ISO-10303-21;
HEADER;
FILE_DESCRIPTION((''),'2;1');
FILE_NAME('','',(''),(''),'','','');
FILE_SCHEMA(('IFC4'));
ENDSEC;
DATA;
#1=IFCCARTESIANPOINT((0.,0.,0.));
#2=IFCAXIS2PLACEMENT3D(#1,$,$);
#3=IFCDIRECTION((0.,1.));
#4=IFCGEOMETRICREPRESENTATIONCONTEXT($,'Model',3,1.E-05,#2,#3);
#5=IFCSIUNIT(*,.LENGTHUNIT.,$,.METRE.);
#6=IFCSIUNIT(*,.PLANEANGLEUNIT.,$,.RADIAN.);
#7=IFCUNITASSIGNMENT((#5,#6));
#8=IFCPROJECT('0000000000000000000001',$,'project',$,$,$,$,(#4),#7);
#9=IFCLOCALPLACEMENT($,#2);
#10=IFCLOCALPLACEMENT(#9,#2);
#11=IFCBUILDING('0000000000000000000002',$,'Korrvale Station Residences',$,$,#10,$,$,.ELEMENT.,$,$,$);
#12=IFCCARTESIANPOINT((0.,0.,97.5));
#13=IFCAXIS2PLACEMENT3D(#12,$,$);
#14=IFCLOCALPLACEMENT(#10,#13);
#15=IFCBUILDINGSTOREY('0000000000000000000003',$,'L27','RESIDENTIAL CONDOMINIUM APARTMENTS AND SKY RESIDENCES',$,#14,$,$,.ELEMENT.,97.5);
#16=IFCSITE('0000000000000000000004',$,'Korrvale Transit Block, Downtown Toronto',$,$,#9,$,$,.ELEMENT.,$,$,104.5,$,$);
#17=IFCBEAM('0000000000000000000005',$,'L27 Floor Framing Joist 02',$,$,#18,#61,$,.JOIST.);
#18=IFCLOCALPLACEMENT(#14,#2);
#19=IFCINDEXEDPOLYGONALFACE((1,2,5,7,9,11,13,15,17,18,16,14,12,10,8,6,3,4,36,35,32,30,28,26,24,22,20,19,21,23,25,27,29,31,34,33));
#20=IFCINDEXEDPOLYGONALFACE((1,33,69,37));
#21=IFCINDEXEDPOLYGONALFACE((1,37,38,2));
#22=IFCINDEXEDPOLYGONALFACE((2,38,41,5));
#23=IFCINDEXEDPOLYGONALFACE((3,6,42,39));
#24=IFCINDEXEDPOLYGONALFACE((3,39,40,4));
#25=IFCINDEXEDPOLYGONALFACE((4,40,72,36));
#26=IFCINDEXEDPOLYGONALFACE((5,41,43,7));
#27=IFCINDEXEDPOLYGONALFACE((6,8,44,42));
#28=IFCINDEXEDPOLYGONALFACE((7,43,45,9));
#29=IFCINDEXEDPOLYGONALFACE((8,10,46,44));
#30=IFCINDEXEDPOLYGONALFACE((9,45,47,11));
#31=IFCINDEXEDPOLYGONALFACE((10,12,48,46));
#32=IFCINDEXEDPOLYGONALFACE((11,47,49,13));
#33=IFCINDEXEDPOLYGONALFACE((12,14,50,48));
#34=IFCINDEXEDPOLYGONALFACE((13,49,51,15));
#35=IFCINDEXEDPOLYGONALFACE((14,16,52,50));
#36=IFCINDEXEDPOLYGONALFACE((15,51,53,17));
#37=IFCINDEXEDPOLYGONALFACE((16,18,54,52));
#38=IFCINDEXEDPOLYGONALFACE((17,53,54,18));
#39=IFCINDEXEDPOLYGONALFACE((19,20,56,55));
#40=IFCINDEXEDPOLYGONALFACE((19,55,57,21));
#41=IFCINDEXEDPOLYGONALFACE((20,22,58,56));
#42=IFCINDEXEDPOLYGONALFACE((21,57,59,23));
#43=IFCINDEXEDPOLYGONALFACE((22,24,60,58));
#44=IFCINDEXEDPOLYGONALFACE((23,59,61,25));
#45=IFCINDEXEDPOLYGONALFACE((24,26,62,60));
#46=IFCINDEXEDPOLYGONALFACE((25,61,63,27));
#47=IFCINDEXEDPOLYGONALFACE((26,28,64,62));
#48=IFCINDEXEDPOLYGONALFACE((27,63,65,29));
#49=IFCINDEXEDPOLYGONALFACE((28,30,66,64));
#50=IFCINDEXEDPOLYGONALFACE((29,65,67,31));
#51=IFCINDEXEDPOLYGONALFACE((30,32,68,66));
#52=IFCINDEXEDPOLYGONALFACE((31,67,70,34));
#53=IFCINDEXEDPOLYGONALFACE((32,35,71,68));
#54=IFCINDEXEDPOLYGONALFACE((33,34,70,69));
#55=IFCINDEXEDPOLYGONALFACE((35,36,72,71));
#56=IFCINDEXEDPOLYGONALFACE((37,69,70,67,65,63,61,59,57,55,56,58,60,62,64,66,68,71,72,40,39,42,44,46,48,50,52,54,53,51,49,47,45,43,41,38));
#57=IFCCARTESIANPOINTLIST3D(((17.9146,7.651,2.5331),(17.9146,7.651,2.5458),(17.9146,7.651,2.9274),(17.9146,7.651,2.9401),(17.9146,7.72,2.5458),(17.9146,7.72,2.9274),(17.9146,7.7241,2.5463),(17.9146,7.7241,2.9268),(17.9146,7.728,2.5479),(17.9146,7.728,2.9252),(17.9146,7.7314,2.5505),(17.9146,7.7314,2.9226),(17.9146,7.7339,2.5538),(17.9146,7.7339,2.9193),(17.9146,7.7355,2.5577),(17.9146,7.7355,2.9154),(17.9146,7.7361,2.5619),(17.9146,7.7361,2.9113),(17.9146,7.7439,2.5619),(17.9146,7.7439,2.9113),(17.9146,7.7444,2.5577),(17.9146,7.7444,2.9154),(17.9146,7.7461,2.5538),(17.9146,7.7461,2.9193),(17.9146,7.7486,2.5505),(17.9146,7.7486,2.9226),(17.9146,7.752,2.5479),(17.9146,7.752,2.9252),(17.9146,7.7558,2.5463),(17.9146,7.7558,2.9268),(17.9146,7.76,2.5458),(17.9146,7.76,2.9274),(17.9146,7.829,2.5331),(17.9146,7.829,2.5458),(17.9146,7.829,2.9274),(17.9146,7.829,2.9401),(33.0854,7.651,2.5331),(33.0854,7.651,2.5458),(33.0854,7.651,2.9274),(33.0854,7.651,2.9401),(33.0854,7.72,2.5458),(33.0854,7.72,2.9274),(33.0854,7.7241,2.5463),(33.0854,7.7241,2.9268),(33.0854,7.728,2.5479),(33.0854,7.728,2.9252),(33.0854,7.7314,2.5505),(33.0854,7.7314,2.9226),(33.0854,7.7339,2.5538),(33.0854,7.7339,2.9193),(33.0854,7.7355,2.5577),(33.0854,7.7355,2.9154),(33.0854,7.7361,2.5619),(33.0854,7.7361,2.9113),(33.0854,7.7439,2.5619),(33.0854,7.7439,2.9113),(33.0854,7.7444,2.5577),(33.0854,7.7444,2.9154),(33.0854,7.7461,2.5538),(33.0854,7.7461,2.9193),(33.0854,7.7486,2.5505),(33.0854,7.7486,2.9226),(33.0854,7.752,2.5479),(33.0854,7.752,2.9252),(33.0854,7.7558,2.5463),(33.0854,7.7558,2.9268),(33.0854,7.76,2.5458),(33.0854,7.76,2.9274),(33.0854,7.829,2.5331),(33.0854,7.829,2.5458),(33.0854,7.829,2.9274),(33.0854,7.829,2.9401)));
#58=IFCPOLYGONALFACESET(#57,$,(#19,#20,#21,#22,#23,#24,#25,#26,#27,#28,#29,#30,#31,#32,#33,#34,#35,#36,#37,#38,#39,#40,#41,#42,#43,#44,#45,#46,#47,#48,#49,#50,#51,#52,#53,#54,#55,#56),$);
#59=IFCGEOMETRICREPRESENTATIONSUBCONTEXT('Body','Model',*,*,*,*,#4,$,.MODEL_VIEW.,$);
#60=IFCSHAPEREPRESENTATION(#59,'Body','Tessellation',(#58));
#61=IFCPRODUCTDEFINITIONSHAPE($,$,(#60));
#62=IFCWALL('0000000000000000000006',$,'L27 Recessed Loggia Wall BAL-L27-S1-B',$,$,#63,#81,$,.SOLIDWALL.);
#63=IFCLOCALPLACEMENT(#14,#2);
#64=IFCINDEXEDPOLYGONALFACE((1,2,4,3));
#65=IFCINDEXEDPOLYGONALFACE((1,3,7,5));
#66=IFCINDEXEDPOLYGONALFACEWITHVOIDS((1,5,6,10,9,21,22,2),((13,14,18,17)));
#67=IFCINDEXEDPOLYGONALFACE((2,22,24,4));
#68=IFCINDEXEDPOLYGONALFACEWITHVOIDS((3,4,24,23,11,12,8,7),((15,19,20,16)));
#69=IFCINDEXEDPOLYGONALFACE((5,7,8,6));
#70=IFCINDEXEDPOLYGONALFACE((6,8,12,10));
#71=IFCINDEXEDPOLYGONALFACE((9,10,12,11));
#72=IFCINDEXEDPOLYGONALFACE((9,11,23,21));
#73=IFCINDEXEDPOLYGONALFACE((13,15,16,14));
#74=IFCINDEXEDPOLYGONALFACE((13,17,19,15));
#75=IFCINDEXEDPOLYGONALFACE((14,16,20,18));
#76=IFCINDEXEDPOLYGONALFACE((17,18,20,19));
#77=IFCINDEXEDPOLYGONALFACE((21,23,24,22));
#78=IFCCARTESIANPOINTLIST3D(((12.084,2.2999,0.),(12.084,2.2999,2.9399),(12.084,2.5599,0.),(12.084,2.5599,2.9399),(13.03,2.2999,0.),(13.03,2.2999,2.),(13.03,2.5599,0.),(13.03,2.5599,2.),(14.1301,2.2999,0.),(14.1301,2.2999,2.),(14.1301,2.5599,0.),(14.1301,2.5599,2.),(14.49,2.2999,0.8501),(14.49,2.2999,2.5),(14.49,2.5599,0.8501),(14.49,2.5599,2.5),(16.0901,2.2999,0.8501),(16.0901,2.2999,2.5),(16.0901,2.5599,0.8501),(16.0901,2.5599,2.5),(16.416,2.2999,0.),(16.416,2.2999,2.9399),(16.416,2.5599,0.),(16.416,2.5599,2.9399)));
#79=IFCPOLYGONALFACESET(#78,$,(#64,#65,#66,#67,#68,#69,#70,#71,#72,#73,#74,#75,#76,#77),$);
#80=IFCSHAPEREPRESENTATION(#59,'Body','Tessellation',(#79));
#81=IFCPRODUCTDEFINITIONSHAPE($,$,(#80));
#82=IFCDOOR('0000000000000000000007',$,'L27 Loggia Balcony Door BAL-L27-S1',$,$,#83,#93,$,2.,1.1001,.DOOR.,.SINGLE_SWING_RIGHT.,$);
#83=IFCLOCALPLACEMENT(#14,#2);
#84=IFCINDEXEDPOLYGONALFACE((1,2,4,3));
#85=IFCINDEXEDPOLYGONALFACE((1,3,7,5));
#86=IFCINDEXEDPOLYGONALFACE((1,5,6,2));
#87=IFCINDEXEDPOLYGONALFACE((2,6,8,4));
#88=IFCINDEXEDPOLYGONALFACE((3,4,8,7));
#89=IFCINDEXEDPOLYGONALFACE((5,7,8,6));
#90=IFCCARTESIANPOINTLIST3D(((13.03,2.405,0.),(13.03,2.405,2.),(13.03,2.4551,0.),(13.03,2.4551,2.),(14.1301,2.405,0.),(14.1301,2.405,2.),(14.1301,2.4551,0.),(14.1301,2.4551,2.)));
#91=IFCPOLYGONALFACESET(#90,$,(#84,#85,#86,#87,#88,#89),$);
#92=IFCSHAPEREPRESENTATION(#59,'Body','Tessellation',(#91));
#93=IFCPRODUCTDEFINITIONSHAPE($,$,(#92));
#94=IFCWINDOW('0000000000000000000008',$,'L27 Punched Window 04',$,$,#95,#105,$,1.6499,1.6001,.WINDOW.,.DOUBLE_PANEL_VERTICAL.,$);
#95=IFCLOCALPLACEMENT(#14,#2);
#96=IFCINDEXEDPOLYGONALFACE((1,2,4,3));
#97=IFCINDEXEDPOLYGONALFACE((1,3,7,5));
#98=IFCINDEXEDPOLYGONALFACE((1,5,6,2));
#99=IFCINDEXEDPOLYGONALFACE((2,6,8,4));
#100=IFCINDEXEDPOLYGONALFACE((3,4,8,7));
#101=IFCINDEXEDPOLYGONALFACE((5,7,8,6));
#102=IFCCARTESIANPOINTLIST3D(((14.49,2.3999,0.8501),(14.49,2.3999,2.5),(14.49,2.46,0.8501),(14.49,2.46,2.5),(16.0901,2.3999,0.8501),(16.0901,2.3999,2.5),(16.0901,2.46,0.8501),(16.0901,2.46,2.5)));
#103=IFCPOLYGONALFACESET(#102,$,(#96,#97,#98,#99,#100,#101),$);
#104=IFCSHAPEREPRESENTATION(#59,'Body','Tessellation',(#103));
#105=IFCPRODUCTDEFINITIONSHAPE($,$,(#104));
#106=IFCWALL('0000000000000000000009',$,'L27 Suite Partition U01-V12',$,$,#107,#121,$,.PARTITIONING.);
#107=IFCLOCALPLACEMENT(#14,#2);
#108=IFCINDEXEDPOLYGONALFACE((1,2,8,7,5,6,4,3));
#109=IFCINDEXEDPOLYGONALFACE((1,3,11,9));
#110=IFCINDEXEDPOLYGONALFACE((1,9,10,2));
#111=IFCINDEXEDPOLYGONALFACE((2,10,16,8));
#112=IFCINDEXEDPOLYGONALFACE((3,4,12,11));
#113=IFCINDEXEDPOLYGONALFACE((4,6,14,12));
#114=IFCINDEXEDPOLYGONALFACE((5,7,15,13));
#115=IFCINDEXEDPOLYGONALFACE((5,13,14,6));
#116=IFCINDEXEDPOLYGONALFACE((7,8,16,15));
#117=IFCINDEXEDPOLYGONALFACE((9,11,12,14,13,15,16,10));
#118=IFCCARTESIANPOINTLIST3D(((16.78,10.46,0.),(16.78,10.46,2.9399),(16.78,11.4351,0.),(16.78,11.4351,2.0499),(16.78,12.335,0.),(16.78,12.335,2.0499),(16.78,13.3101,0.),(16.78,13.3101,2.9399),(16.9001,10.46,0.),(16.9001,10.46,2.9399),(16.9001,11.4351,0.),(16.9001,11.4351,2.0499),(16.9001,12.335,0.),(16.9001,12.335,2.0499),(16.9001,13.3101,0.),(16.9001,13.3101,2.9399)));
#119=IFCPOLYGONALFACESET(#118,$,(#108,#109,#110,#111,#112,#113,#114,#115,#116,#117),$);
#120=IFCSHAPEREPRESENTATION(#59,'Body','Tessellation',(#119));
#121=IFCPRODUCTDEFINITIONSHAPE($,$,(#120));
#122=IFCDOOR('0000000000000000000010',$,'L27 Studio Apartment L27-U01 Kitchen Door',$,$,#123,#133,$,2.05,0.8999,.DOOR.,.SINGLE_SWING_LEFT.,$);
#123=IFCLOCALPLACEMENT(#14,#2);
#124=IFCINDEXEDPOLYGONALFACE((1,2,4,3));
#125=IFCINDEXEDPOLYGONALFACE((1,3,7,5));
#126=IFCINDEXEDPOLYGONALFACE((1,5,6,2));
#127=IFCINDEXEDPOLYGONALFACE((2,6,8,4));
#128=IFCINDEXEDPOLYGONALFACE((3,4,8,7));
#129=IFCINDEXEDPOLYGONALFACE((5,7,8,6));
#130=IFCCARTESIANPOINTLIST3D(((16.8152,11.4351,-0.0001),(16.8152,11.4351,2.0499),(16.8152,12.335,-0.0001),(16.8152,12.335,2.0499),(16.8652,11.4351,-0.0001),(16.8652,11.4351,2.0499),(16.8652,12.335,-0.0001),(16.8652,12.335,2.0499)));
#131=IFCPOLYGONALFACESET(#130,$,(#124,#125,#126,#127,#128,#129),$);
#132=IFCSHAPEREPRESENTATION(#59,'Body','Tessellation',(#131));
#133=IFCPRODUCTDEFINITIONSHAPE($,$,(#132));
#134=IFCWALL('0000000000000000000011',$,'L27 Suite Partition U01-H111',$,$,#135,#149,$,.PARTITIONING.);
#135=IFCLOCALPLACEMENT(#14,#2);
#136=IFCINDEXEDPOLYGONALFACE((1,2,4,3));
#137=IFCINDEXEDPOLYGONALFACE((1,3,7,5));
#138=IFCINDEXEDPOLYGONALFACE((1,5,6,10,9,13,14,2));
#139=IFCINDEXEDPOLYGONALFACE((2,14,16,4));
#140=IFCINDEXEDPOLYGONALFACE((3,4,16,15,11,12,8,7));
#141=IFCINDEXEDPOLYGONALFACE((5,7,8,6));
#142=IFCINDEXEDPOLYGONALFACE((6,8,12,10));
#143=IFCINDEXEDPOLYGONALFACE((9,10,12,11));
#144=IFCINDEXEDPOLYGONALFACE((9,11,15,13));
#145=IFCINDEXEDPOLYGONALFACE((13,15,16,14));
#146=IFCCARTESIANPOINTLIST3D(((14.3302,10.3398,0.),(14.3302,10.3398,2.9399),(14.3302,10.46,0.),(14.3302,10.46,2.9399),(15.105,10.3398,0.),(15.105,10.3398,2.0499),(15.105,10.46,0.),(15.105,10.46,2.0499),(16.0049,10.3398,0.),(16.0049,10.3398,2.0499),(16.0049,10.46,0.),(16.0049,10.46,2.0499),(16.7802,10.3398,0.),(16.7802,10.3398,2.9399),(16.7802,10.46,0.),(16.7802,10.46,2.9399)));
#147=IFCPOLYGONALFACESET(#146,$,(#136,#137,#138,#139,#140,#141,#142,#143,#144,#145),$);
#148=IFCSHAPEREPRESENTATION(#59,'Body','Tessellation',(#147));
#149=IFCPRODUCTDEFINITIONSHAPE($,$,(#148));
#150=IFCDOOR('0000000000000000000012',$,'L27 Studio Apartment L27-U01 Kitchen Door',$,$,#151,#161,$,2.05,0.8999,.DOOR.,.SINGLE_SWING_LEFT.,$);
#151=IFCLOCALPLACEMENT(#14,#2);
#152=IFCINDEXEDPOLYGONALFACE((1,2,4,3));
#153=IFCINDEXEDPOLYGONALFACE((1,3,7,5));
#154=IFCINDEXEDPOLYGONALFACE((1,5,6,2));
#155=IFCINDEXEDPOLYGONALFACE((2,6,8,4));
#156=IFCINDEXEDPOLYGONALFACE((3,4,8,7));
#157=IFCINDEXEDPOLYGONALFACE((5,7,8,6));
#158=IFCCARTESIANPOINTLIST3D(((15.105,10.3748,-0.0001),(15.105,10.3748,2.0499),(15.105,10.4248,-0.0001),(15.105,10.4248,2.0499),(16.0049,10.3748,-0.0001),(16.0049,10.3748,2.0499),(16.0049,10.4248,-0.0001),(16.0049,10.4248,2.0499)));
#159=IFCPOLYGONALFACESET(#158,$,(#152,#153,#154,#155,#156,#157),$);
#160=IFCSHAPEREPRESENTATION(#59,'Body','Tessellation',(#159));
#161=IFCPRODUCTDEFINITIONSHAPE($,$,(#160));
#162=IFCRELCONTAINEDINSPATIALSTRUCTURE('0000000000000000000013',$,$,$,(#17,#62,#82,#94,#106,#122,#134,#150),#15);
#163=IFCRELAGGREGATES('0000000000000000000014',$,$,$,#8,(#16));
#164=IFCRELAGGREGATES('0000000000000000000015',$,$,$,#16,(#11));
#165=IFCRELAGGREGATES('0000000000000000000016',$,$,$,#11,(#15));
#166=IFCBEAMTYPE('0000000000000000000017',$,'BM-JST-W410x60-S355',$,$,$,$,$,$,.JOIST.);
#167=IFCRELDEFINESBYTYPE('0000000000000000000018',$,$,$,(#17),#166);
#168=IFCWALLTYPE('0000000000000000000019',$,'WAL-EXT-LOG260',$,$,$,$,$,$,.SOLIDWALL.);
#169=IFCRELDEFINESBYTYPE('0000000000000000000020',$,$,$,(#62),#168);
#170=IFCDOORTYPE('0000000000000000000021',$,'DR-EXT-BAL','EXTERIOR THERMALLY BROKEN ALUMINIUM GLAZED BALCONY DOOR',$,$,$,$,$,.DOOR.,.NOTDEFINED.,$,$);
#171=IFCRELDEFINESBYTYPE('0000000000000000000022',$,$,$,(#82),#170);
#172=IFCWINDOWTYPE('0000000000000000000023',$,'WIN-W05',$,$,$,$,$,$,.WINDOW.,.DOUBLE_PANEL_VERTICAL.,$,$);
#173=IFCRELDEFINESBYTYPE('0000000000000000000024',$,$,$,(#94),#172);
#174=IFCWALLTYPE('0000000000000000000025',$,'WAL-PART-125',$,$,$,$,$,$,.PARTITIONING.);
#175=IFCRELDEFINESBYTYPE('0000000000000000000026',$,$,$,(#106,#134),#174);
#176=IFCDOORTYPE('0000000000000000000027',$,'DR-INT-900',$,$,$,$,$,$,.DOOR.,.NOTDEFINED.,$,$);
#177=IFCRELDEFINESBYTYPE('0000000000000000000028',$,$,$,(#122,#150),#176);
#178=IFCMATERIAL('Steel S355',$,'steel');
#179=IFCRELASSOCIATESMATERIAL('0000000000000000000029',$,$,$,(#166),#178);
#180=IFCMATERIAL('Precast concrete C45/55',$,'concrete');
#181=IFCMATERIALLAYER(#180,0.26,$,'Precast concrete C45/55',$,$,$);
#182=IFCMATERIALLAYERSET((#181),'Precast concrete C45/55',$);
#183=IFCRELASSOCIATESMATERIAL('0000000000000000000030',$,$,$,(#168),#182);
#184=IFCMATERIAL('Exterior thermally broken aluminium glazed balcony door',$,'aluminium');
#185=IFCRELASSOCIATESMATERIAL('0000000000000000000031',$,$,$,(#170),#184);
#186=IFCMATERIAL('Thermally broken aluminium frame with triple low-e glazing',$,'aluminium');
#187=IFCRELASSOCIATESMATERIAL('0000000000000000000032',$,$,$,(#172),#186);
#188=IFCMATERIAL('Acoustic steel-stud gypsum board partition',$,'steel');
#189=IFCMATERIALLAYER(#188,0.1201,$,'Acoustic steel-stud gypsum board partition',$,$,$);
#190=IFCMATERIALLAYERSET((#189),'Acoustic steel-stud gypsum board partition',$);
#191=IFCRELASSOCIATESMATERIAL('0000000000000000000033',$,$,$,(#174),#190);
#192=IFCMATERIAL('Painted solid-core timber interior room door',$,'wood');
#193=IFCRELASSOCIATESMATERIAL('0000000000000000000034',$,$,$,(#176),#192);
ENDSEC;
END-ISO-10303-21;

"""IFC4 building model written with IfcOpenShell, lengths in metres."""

from ifc_helpers import new_model, si_unit, direction, frame, frame_2d, origin, origin_2d, place, context, subcontext, project, spatial, rectangle, i_section, extrude, material, layer, layer_set, material_profile, profile_set, type_object, element, fill, save


model = new_model("IFC4")

# Units and contexts
model_context = context("Model", 3, precision=1e-05, world=origin(), true_north=direction((0.0, 1.0)))
body_context = subcontext(model_context, "Body", "Model", "MODEL_VIEW")
ifc_project = project(units=[si_unit("LENGTHUNIT", "METRE"), si_unit("PLANEANGLEUNIT", "RADIAN")], contexts=[model_context])

# Site, building, storey
site_placement = place(None, origin())
site = spatial("IfcSite", under=ifc_project, at=site_placement, Name="Korrvale Transit Block, Downtown Toronto", CompositionType="ELEMENT", RefElevation=104.5)
building_placement = place(site_placement, origin())
building = spatial("IfcBuilding", under=site, at=building_placement, Name="Korrvale Station Residences", CompositionType="ELEMENT")
storey_placement = place(building_placement, frame((0.0, 0.0, 97.5)))
storey = spatial("IfcBuildingStorey", under=building, at=storey_placement, Name="L27", Description="RESIDENTIAL CONDOMINIUM APARTMENTS AND SKY RESIDENCES", CompositionType="ELEMENT", Elevation=97.5)

# Beam
ifc_material_1 = material(Name="Steel S355", Category="steel")
ifc_material_profile = material_profile(ifc_material_1, i_section(OverallWidth=0.178, OverallDepth=0.407, WebThickness=0.0078, FlangeThickness=0.0127, FilletRadius=0.0161, at=origin_2d()), Name="W410x60")
ifc_profile_set = profile_set([ifc_material_profile], Name="Steel S355")
beam_type = type_object("IfcBeamType", Name="BM-JST-W410x60-S355", PredefinedType="JOIST", material=ifc_profile_set)
beam_placement = place(storey_placement, frame((17.9146, 7.74, 2.7366), z_axis=(1.0, 0.0, 0.0), x_axis=(0.0, 1.0, 0.0)))
element("IfcBeam", 1, at=beam_placement, inside=storey, type_object=beam_type, Name="L27 Floor Framing Joist 02", PredefinedType="JOIST", context=body_context, shape_type="SweptSolid", body=[
    extrude(i_section(OverallWidth=0.178, OverallDepth=0.407, WebThickness=0.0078, FlangeThickness=0.0127, FilletRadius=0.0161, at=origin_2d()), origin(), (0.0, 0.0, 1.0), 15.1709),
])

# Wall, openings, door, window
ifc_material_2 = material(Name="Precast concrete C45/55", Category="concrete")
ifc_layer_1 = layer(ifc_material_2, 0.26, Name="Precast concrete C45/55")
ifc_layer_set_1 = layer_set([ifc_layer_1], Name="Precast concrete C45/55")
wall_type_1 = type_object("IfcWallType", Name="WAL-EXT-LOG260", PredefinedType="SOLIDWALL", material=ifc_layer_set_1)
wall_1_placement = place(storey_placement, frame((16.416, 2.4299, 0.0), z_axis=(0.0, 0.0, 1.0), x_axis=(-1.0, 0.0, 0.0)))
wall_1 = element("IfcWall", 2, at=wall_1_placement, inside=storey, type_object=wall_type_1, Name="L27 Recessed Loggia Wall BAL-L27-S1-B", PredefinedType="SOLIDWALL", context=body_context, shape_type="SweptSolid", body=[
    extrude(rectangle(XDim=4.332, YDim=0.26, at=frame_2d((2.166, 0.0))), origin(), (0.0, 0.0, 1.0), 2.9399),
])
opening_1_placement = place(wall_1_placement, frame((2.2859, 0.0, 0.0)))
opening_1 = element("IfcOpeningElement", 3, at=opening_1_placement, cuts=wall_1, PredefinedType="OPENING", context=body_context, shape_type="SweptSolid", body=[
    extrude(rectangle(XDim=1.1001, YDim=2.0, at=frame_2d((0.55, 1.0))), frame((0.0, 0.1401, 0.0), z_axis=(0.0, -1.0, 0.0), x_axis=(1.0, 0.0, 0.0)), (0.0, 0.0, 1.0), 0.28),
])
opening_2_placement = place(wall_1_placement, frame((0.3259, 0.0, 0.8501)))
opening_2 = element("IfcOpeningElement", 4, at=opening_2_placement, cuts=wall_1, PredefinedType="OPENING", context=body_context, shape_type="SweptSolid", body=[
    extrude(rectangle(XDim=1.6001, YDim=1.6499, at=frame_2d((0.8, 0.825))), frame((0.0, 0.1401, 0.0), z_axis=(0.0, -1.0, 0.0), x_axis=(1.0, 0.0, 0.0)), (0.0, 0.0, 1.0), 0.28),
])
ifc_material_3 = material(Name="Exterior thermally broken aluminium glazed balcony door", Category="aluminium")
door_type_1 = type_object("IfcDoorType", Name="DR-EXT-BAL", Description="EXTERIOR THERMALLY BROKEN ALUMINIUM GLAZED BALCONY DOOR", OperationType="NOTDEFINED", PredefinedType="DOOR", material=ifc_material_3)
door_1_placement = place(opening_1_placement, origin())
door_1 = element("IfcDoor", 5, at=door_1_placement, inside=storey, type_object=door_type_1, Name="L27 Loggia Balcony Door BAL-L27-S1", OperationType="SINGLE_SWING_RIGHT", OverallHeight=2.0, OverallWidth=1.1001, PredefinedType="DOOR", context=body_context, shape_type="SweptSolid", body=[
    extrude(rectangle(XDim=1.1001, YDim=2.0, at=frame_2d((0.55, 1.0))), frame((0.0, 0.0249, 0.0), z_axis=(0.0, -1.0, 0.0), x_axis=(1.0, 0.0, 0.0)), (0.0, 0.0, 1.0), 0.05),
])
fill(opening_1, door_1)
ifc_material_4 = material(Name="Thermally broken aluminium frame with triple low-e glazing", Category="aluminium")
window_type = type_object("IfcWindowType", Name="WIN-W05", PartitioningType="DOUBLE_PANEL_VERTICAL", PredefinedType="WINDOW", material=ifc_material_4)
window_placement = place(opening_2_placement, origin())
window = element("IfcWindow", 6, at=window_placement, inside=storey, type_object=window_type, Name="L27 Punched Window 04", OverallHeight=1.6499, OverallWidth=1.6001, PartitioningType="DOUBLE_PANEL_VERTICAL", PredefinedType="WINDOW", context=body_context, shape_type="SweptSolid", body=[
    extrude(rectangle(XDim=1.6001, YDim=1.6499, at=frame_2d((0.8, 0.825))), frame((0.0, 0.03, 0.0), z_axis=(0.0, -1.0, 0.0), x_axis=(1.0, 0.0, 0.0)), (0.0, 0.0, 1.0), 0.0601),
])
fill(opening_2, window)

# Walls, openings, doors
ifc_material_5 = material(Name="Acoustic steel-stud gypsum board partition", Category="steel")
ifc_layer_2 = layer(ifc_material_5, 0.1201, Name="Acoustic steel-stud gypsum board partition")
ifc_layer_set_2 = layer_set([ifc_layer_2], Name="Acoustic steel-stud gypsum board partition")
wall_type_2 = type_object("IfcWallType", Name="WAL-PART-125", PredefinedType="PARTITIONING", material=ifc_layer_set_2)
wall_2_placement = place(storey_placement, frame((16.8401, 10.46, 0.0), z_axis=(0.0, 0.0, 1.0), x_axis=(0.0, 1.0, 0.0)))
wall_2 = element("IfcWall", 7, at=wall_2_placement, inside=storey, type_object=wall_type_2, Name="L27 Suite Partition U01-V12", PredefinedType="PARTITIONING", context=body_context, shape_type="SweptSolid", body=[
    extrude(rectangle(XDim=2.8501, YDim=0.1201, at=frame_2d((1.425, 0.0))), origin(), (0.0, 0.0, 1.0), 2.9399),
])
opening_3_placement = place(wall_2_placement, frame((0.9751, 0.0, 0.0)))
opening_3 = element("IfcOpeningElement", 8, at=opening_3_placement, cuts=wall_2, PredefinedType="OPENING", context=body_context, shape_type="SweptSolid", body=[
    extrude(rectangle(XDim=0.8999, YDim=2.05, at=frame_2d((0.45, 1.0249))), frame((0.0, 0.0701, 0.0), z_axis=(0.0, -1.0, 0.0), x_axis=(1.0, 0.0, 0.0)), (0.0, 0.0, 1.0), 0.1401),
])
ifc_material_6 = material(Name="Painted solid-core timber interior room door", Category="wood")
door_type_2 = type_object("IfcDoorType", Name="DR-INT-900", OperationType="NOTDEFINED", PredefinedType="DOOR", material=ifc_material_6)
door_2_placement = place(opening_3_placement, origin())
door_2 = element("IfcDoor", 9, at=door_2_placement, inside=storey, type_object=door_type_2, Name="L27 Studio Apartment L27-U01 Kitchen Door", OperationType="SINGLE_SWING_LEFT", OverallHeight=2.05, OverallWidth=0.8999, PredefinedType="DOOR", context=body_context, shape_type="SweptSolid", body=[
    extrude(rectangle(XDim=0.8999, YDim=2.05, at=frame_2d((0.45, 1.0249))), frame((0.0, 0.0249, 0.0), z_axis=(0.0, -1.0, 0.0), x_axis=(1.0, 0.0, 0.0)), (0.0, 0.0, 1.0), 0.05),
])
fill(opening_3, door_2)
wall_3_placement = place(storey_placement, frame((14.3301, 10.3999, 0.0), z_axis=(0.0, 0.0, 1.0), x_axis=(1.0, 0.0, 0.0)))
wall_3 = element("IfcWall", 10, at=wall_3_placement, inside=storey, type_object=wall_type_2, Name="L27 Suite Partition U01-H111", PredefinedType="PARTITIONING", context=body_context, shape_type="SweptSolid", body=[
    extrude(rectangle(XDim=2.45, YDim=0.1201, at=frame_2d((1.2251, 0.0))), origin(), (0.0, 0.0, 1.0), 2.9399),
])
opening_4_placement = place(wall_3_placement, frame((0.7749, 0.0, 0.0)))
opening_4 = element("IfcOpeningElement", 11, at=opening_4_placement, cuts=wall_3, PredefinedType="OPENING", context=body_context, shape_type="SweptSolid", body=[
    extrude(rectangle(XDim=0.8999, YDim=2.05, at=frame_2d((0.45, 1.0249))), frame((0.0, 0.0701, 0.0), z_axis=(0.0, -1.0, 0.0), x_axis=(1.0, 0.0, 0.0)), (0.0, 0.0, 1.0), 0.1401),
])
door_3_placement = place(opening_4_placement, origin())
door_3 = element("IfcDoor", 12, at=door_3_placement, inside=storey, type_object=door_type_2, Name="L27 Studio Apartment L27-U01 Kitchen Door", OperationType="SINGLE_SWING_LEFT", OverallHeight=2.05, OverallWidth=0.8999, PredefinedType="DOOR", context=body_context, shape_type="SweptSolid", body=[
    extrude(rectangle(XDim=0.8999, YDim=2.05, at=frame_2d((0.45, 1.0249))), frame((0.0, 0.0249, 0.0), z_axis=(0.0, -1.0, 0.0), x_axis=(1.0, 0.0, 0.0)), (0.0, 0.0, 1.0), 0.05),
])
fill(opening_4, door_3)

save(model, "model.ifc")
